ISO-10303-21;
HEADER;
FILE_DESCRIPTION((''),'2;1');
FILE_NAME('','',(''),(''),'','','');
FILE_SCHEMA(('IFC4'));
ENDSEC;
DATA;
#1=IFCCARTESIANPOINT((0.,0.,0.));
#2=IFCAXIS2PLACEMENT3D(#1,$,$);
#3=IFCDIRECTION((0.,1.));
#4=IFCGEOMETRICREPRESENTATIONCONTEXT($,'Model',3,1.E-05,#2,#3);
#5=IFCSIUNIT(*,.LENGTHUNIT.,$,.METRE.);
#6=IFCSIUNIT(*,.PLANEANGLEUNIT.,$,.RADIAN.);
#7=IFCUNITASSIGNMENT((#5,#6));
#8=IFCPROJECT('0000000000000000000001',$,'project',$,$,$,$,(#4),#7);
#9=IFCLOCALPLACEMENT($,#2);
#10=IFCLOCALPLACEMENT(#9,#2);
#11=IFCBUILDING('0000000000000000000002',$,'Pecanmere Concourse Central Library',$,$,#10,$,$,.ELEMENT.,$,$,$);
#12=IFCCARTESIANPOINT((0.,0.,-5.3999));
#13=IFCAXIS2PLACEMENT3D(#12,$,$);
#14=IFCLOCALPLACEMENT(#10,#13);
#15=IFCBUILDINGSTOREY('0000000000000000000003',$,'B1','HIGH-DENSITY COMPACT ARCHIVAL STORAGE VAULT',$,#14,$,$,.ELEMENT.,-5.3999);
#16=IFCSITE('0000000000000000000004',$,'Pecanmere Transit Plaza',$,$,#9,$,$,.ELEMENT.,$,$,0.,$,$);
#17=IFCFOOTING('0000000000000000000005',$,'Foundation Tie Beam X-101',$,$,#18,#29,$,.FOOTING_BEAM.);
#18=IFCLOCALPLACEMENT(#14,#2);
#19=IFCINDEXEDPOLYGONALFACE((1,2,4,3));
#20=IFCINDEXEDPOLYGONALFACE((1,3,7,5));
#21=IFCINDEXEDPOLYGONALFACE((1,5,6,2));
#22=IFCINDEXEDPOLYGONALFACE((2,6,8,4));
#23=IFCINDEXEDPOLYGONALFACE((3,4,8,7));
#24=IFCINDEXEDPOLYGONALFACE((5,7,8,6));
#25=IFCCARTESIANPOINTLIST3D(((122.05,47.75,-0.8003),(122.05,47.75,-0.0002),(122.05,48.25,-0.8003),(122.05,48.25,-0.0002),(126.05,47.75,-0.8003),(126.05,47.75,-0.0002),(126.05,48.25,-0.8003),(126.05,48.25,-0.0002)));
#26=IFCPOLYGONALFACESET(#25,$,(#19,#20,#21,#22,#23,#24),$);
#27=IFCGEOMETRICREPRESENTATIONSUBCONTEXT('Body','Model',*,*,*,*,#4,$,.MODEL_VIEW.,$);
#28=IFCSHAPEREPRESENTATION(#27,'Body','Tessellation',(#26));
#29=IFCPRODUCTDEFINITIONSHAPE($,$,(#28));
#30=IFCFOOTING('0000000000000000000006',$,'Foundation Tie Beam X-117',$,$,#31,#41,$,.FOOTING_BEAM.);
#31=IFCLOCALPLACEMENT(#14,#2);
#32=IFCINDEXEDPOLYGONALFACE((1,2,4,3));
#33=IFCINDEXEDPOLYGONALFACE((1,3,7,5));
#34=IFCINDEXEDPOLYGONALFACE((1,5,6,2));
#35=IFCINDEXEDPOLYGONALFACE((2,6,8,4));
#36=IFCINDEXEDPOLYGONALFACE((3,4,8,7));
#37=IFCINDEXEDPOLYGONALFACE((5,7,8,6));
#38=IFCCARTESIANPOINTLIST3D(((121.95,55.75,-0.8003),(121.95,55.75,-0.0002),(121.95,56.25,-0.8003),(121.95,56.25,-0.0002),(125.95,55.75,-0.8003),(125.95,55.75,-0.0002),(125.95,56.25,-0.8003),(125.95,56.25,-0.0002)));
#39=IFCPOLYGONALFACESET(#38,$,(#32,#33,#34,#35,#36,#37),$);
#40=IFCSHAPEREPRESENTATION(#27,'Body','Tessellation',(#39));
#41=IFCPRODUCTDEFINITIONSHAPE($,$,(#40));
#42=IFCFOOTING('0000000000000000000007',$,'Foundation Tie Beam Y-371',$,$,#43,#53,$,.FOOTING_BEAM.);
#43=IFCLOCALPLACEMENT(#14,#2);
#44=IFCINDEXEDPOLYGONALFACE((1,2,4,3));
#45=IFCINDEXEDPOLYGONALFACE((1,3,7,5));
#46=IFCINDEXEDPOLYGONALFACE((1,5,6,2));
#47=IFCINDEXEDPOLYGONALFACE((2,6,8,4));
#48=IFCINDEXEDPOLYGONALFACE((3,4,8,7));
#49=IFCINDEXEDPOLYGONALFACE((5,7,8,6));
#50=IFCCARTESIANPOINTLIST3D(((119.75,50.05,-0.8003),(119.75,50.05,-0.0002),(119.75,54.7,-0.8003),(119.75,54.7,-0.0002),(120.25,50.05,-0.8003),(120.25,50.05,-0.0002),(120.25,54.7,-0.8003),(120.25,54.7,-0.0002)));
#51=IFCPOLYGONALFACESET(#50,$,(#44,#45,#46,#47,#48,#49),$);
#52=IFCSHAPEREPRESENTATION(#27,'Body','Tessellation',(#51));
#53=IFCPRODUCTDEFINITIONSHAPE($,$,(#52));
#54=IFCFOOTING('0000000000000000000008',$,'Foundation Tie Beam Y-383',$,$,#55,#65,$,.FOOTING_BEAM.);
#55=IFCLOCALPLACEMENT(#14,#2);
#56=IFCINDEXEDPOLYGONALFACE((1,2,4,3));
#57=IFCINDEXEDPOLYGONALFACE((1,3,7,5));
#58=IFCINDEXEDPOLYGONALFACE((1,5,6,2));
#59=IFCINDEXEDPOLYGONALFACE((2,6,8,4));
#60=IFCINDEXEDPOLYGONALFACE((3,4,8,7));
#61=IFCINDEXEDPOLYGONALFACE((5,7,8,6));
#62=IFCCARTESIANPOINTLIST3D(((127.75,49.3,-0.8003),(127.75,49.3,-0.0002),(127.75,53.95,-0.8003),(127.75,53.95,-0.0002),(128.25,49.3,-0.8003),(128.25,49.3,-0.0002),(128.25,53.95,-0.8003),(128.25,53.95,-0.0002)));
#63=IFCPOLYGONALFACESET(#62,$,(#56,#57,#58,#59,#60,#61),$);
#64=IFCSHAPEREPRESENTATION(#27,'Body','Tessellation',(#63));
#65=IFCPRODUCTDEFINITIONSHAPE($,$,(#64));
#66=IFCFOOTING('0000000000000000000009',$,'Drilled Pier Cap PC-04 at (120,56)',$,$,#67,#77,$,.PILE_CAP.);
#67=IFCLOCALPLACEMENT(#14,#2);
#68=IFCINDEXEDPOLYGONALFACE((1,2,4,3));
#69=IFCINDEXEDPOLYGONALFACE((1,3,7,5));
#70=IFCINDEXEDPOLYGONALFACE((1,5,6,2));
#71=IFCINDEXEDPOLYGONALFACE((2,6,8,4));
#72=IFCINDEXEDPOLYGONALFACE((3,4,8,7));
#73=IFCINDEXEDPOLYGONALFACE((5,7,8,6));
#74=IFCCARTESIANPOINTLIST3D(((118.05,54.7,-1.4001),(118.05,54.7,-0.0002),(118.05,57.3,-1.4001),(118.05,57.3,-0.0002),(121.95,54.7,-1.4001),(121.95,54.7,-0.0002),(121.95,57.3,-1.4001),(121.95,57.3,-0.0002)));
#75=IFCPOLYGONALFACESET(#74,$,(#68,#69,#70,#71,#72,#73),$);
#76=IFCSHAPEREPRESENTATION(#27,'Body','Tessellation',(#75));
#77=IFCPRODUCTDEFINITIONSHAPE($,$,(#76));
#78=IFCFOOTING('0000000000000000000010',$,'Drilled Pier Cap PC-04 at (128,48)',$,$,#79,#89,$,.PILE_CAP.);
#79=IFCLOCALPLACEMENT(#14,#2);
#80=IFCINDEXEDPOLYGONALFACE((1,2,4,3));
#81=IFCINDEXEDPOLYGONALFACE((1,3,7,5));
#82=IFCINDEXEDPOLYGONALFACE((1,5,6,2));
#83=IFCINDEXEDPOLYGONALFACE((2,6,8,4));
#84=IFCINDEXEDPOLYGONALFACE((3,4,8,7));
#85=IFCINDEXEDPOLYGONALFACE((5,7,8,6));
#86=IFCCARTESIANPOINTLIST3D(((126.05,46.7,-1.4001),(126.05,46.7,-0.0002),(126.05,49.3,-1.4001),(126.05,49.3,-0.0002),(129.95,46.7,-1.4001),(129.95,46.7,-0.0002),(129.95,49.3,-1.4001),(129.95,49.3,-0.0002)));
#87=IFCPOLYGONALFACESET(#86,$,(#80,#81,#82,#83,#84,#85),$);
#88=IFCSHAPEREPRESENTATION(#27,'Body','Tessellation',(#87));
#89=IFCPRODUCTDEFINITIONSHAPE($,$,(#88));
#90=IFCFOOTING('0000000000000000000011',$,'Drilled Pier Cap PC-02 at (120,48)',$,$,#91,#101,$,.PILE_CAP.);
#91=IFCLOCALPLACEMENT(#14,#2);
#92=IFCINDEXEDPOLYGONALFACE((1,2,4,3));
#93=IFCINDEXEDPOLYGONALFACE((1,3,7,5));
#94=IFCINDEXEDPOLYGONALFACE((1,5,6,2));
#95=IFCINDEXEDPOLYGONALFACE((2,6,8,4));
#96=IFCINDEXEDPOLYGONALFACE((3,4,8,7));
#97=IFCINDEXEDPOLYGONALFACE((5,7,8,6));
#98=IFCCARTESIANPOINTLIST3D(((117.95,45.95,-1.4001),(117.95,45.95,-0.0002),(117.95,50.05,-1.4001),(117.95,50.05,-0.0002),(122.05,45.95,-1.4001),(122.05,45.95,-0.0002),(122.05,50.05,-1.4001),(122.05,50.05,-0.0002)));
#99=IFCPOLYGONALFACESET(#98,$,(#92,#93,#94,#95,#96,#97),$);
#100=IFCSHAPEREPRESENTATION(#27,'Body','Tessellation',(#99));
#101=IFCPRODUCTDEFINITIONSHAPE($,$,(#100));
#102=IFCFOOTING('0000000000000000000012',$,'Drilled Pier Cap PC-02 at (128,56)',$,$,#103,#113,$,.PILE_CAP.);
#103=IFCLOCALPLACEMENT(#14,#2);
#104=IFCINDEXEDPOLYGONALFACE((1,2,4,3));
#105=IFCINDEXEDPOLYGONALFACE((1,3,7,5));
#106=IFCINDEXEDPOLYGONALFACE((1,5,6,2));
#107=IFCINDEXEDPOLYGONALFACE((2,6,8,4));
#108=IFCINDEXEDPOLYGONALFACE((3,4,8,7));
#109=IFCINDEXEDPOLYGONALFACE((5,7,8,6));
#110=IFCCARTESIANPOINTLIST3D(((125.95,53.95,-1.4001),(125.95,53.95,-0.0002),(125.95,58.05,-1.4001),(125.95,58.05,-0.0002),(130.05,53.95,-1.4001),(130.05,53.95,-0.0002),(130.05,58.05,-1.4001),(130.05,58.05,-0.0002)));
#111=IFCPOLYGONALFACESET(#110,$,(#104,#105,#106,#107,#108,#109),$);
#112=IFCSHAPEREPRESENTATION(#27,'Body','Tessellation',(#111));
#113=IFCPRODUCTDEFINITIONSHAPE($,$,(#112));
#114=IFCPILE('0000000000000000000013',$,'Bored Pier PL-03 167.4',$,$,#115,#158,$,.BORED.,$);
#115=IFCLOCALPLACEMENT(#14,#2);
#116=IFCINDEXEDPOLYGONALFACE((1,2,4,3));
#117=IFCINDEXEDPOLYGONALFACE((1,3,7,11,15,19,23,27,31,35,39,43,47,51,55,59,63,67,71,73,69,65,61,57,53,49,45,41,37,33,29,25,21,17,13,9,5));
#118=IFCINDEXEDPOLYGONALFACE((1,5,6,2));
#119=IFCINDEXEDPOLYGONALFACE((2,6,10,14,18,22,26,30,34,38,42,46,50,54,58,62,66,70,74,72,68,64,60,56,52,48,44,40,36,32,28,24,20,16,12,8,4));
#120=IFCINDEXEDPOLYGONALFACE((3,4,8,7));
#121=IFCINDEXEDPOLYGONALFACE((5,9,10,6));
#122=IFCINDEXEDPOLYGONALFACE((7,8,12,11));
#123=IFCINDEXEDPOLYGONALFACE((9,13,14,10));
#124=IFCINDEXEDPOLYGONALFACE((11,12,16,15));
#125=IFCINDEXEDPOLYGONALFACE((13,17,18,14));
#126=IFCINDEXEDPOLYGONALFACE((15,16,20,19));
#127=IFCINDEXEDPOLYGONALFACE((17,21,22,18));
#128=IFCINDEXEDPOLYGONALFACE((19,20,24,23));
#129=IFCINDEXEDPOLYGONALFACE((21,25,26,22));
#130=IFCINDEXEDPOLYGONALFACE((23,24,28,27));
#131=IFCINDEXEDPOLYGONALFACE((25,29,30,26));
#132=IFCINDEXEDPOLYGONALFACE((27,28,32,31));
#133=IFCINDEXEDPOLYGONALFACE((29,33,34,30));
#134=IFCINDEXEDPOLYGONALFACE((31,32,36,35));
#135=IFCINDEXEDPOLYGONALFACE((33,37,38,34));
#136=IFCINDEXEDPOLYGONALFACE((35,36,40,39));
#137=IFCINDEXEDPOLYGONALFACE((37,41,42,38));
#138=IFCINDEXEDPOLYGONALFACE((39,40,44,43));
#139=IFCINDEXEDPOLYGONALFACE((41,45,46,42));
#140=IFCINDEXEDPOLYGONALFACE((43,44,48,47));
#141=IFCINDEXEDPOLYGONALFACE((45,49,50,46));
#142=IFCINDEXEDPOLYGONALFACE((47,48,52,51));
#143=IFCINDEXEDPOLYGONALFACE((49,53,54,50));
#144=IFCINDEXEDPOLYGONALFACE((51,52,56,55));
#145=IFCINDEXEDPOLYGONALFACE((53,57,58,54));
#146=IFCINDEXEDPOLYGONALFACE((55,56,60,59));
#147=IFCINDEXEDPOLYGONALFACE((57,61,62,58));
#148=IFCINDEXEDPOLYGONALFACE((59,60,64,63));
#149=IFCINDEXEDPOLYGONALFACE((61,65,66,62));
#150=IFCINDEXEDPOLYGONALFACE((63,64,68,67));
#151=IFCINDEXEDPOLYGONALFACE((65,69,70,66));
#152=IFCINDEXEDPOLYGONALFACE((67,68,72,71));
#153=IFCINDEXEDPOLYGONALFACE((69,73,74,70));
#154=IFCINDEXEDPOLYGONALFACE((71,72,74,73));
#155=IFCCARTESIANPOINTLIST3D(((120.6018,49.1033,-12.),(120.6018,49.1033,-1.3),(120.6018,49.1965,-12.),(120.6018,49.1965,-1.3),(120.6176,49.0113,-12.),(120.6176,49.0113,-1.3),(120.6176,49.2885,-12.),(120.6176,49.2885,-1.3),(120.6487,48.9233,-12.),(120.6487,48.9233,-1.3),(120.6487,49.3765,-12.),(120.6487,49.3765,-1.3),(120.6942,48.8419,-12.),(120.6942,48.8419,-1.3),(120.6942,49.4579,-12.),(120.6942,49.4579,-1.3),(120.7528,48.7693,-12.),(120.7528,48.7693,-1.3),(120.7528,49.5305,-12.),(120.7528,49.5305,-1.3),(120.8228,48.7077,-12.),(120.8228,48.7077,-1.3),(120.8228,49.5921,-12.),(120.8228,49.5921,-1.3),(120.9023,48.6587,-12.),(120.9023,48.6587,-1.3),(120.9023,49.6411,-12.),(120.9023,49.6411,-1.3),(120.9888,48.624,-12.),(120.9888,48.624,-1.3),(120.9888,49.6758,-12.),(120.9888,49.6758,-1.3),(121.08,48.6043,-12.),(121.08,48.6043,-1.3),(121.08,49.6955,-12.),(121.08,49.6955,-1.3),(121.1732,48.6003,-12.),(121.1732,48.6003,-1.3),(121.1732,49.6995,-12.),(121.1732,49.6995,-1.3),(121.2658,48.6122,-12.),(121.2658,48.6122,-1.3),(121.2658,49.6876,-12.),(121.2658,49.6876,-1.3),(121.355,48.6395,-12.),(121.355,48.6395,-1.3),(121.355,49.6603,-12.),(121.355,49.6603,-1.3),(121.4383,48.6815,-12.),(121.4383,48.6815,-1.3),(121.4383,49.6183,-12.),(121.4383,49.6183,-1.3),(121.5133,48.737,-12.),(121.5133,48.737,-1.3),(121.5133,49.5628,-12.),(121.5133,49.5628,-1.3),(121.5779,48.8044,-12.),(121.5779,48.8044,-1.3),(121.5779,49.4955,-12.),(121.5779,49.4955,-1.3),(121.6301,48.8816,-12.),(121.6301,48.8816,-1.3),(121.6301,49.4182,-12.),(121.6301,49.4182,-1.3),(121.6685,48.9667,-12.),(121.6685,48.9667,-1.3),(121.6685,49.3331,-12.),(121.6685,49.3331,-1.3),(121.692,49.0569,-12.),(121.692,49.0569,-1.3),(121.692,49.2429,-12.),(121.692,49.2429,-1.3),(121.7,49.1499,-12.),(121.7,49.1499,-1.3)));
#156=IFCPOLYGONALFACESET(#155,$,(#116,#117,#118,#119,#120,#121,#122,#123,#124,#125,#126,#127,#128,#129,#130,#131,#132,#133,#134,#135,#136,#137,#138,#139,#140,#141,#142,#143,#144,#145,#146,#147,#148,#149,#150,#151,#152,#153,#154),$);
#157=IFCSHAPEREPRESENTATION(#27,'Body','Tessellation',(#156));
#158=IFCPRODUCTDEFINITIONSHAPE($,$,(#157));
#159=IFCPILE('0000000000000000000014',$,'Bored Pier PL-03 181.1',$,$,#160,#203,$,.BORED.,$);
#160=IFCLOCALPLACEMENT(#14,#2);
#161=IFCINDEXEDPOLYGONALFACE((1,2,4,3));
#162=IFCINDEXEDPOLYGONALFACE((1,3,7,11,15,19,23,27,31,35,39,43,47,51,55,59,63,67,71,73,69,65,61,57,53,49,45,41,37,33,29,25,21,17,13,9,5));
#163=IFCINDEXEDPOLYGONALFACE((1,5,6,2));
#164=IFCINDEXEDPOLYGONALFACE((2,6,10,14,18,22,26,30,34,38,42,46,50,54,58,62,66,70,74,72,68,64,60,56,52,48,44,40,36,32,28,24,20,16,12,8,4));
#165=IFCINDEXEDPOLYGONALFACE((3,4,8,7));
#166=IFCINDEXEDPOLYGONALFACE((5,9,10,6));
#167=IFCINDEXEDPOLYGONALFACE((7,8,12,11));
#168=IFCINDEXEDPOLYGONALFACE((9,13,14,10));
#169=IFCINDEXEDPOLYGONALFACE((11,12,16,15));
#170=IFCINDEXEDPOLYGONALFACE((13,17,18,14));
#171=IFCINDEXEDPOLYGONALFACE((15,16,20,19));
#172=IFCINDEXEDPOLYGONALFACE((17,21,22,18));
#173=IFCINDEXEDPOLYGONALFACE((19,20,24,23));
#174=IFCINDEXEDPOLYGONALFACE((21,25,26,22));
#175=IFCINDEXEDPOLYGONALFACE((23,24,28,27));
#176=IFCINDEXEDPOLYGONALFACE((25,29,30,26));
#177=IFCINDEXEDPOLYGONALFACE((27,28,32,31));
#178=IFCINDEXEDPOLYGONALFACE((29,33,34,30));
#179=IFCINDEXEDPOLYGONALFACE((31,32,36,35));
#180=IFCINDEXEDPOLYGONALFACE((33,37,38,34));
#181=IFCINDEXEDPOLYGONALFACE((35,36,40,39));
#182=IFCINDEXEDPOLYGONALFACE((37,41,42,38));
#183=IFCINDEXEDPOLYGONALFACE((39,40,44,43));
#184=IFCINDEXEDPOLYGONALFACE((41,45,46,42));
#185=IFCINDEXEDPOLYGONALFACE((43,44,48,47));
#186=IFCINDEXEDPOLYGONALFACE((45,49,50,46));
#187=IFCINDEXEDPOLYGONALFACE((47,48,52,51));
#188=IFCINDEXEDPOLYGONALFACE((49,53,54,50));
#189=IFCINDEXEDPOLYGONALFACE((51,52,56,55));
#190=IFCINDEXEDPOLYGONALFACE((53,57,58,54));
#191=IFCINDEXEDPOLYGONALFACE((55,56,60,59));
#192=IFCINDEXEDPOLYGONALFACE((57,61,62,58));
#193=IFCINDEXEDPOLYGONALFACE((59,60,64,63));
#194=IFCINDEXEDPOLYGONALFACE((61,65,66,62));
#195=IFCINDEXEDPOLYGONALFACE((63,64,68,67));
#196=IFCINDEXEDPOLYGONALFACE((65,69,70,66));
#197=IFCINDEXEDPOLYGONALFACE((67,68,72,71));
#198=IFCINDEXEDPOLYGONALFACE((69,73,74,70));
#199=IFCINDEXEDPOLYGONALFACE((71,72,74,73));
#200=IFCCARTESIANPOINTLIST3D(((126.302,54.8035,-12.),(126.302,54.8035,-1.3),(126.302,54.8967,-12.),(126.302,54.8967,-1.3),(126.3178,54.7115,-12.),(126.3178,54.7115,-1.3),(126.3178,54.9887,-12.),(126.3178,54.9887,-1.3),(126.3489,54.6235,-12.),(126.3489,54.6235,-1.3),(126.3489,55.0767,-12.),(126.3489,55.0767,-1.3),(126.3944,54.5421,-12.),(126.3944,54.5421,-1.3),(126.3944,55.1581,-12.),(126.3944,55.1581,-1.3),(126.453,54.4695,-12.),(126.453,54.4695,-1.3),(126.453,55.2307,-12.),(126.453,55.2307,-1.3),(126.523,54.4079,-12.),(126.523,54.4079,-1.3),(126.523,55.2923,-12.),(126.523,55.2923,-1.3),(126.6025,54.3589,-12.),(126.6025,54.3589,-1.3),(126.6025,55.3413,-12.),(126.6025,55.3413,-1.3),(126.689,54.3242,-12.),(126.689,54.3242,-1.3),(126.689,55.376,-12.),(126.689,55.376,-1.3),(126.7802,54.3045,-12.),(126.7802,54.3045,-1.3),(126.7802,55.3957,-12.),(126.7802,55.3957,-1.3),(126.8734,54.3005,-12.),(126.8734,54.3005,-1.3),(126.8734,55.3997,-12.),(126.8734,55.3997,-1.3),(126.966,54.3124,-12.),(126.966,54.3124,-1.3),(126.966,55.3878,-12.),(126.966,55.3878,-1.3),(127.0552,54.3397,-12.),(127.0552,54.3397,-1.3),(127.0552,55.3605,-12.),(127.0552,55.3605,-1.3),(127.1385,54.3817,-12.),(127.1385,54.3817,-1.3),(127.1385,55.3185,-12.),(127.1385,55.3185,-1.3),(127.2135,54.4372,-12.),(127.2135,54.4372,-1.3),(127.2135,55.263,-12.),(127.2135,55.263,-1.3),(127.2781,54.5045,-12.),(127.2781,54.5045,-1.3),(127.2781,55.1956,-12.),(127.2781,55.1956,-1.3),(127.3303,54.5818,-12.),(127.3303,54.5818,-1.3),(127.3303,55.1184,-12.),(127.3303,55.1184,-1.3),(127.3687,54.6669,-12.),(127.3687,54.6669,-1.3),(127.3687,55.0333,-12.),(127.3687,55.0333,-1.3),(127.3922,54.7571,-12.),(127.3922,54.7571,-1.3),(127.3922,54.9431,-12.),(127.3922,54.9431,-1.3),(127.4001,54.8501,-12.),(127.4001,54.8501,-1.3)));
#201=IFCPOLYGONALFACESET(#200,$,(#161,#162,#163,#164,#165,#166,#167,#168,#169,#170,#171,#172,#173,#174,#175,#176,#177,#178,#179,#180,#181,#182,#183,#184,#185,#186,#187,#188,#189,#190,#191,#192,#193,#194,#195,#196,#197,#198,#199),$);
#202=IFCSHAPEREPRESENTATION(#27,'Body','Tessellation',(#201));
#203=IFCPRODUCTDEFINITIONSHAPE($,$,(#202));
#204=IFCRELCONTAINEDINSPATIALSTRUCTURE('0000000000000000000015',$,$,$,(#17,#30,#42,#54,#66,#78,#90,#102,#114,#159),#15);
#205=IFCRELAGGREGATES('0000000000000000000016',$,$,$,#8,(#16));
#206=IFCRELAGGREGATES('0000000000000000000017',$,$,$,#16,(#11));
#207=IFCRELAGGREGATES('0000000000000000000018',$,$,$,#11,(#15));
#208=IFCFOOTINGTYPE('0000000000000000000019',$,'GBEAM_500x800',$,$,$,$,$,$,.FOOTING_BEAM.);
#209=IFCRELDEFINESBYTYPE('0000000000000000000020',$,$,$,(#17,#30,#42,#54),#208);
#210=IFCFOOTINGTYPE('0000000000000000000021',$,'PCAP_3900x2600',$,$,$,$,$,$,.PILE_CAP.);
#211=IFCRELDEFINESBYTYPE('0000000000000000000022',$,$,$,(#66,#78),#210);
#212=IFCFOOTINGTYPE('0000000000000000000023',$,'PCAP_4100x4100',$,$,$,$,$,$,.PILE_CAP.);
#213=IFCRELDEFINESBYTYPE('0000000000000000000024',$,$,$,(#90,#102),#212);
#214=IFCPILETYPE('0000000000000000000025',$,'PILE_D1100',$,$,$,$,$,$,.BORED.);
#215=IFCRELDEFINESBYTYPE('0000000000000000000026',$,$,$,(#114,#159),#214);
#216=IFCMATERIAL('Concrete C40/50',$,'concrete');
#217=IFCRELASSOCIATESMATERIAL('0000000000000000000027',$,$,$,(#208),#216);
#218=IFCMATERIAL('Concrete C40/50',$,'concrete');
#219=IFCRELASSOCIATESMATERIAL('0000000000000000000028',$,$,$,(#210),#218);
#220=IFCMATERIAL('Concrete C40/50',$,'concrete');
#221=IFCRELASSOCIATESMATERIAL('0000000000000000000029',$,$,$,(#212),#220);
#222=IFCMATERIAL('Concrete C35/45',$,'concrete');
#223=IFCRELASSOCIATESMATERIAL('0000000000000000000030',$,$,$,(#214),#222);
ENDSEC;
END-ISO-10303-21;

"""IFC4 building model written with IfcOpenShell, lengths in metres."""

from ifc_helpers import new_model, si_unit, direction, frame, origin, origin_2d, place, context, subcontext, project, spatial, rectangle, circle, extrude, material, material_profile, profile_set, type_object, element, save


model = new_model("IFC4")

# Units and contexts
model_context = context("Model", 3, precision=1e-05, world=origin(), true_north=direction((0.0, 1.0)))
body_context = subcontext(model_context, "Body", "Model", "MODEL_VIEW")
ifc_project = project(units=[si_unit("LENGTHUNIT", "METRE"), si_unit("PLANEANGLEUNIT", "RADIAN")], contexts=[model_context])

# Site, building, storey
site_placement = place(None, origin())
site = spatial("IfcSite", under=ifc_project, at=site_placement, Name="Pecanmere Transit Plaza", CompositionType="ELEMENT", RefElevation=0.0)
building_placement = place(site_placement, origin())
building = spatial("IfcBuilding", under=site, at=building_placement, Name="Pecanmere Concourse Central Library", CompositionType="ELEMENT")
storey_placement = place(building_placement, frame((0.0, 0.0, -5.3999)))
storey = spatial("IfcBuildingStorey", under=building, at=storey_placement, Name="B1", Description="HIGH-DENSITY COMPACT ARCHIVAL STORAGE VAULT", CompositionType="ELEMENT", Elevation=-5.3999)

# Footings
ifc_material_1 = material(Name="Concrete C40/50", Category="concrete")
ifc_material_profile_1 = material_profile(ifc_material_1, rectangle(XDim=0.5, YDim=0.8, at=origin_2d()), Name="RC 500x800")
ifc_profile_set_1 = profile_set([ifc_material_profile_1], Name="Concrete C40/50")
footing_type_1 = type_object("IfcFootingType", Name="GBEAM_500x800", PredefinedType="FOOTING_BEAM", material=ifc_profile_set_1)
for number, where, z_axis, x_axis, name in (
    (1, (124.05, 48.0, -0.8003), (0.0, 0.0, 1.0), (1.0, 0.0, 0.0), "Foundation Tie Beam X-101"),
    (2, (123.95, 56.0, -0.8003), (0.0, 0.0, 1.0), (1.0, 0.0, 0.0), "Foundation Tie Beam X-117"),
):
    element("IfcFooting", number, at=place(storey_placement, frame(where, z_axis=z_axis, x_axis=x_axis)), inside=storey, type_object=footing_type_1, Name=name, PredefinedType="FOOTING_BEAM", context=body_context, shape_type="SweptSolid", body=[
        extrude(rectangle(XDim=4.0, YDim=0.5, at=origin_2d()), origin(), (0.0, 0.0, 1.0), 0.8),
    ])
for number, where, z_axis, x_axis, name in (
    (3, (120.0, 52.375, -0.8003), (0.0, 0.0, 1.0), (0.0, 1.0, 0.0), "Foundation Tie Beam Y-371"),
    (4, (128.0, 51.625, -0.8003), (0.0, 0.0, 1.0), (0.0, 1.0, 0.0), "Foundation Tie Beam Y-383"),
):
    element("IfcFooting", number, at=place(storey_placement, frame(where, z_axis=z_axis, x_axis=x_axis)), inside=storey, type_object=footing_type_1, Name=name, PredefinedType="FOOTING_BEAM", context=body_context, shape_type="SweptSolid", body=[
        extrude(rectangle(XDim=4.6499, YDim=0.5, at=origin_2d()), origin(), (0.0, 0.0, 1.0), 0.8),
    ])
ifc_material_2 = material(Name="Concrete C40/50", Category="concrete")
footing_type_2 = type_object("IfcFootingType", Name="PCAP_3900x2600", PredefinedType="PILE_CAP", material=ifc_material_2)
for number, where, z_axis, x_axis, name in (
    (5, (120.0, 56.0, -1.4001), (0.0, 0.0, 1.0), (1.0, 0.0, 0.0), "Drilled Pier Cap PC-04 at (120,56)"),
    (6, (128.0, 48.0, -1.4001), (0.0, 0.0, 1.0), (1.0, 0.0, 0.0), "Drilled Pier Cap PC-04 at (128,48)"),
):
    element("IfcFooting", number, at=place(storey_placement, frame(where, z_axis=z_axis, x_axis=x_axis)), inside=storey, type_object=footing_type_2, Name=name, PredefinedType="PILE_CAP", context=body_context, shape_type="SweptSolid", body=[
        extrude(rectangle(XDim=3.8999, YDim=2.6001, at=origin_2d()), origin(), (0.0, 0.0, 1.0), 1.3999),
    ])
ifc_material_3 = material(Name="Concrete C40/50", Category="concrete")
footing_type_3 = type_object("IfcFootingType", Name="PCAP_4100x4100", PredefinedType="PILE_CAP", material=ifc_material_3)
for number, where, z_axis, x_axis, name in (
    (7, (120.0, 48.0, -1.4001), (0.0, 0.0, 1.0), (1.0, 0.0, 0.0), "Drilled Pier Cap PC-02 at (120,48)"),
    (8, (128.0, 56.0, -1.4001), (0.0, 0.0, 1.0), (1.0, 0.0, 0.0), "Drilled Pier Cap PC-02 at (128,56)"),
):
    element("IfcFooting", number, at=place(storey_placement, frame(where, z_axis=z_axis, x_axis=x_axis)), inside=storey, type_object=footing_type_3, Name=name, PredefinedType="PILE_CAP", context=body_context, shape_type="SweptSolid", body=[
        extrude(rectangle(XDim=4.1001, YDim=4.1001, at=origin_2d()), origin(), (0.0, 0.0, 1.0), 1.3999),
    ])

# Piles
ifc_material_4 = material(Name="Concrete C35/45", Category="concrete")
ifc_material_profile_2 = material_profile(ifc_material_4, circle(Radius=0.55, at=origin_2d()), Name="PIER D1100")
ifc_profile_set_2 = profile_set([ifc_material_profile_2], Name="Concrete C35/45")
pile_type_1 = type_object("IfcPileType", Name="PILE_D1100", PredefinedType="BORED", material=ifc_profile_set_2)
for number, where, z_axis, x_axis, name in (
    (9, (121.1499, 49.1499, -1.3), (0.0, 0.0, -1.0), (1.0, 0.0, 0.0), "Bored Pier PL-03 167.4"),
    (10, (126.8501, 54.8501, -1.3), (0.0, 0.0, -1.0), (1.0, 0.0, 0.0), "Bored Pier PL-03 181.1"),
):
    element("IfcPile", number, at=place(storey_placement, frame(where, z_axis=z_axis, x_axis=x_axis)), inside=storey, type_object=pile_type_1, Name=name, PredefinedType="BORED", context=body_context, shape_type="SweptSolid", body=[
        extrude(circle(Radius=0.55, at=origin_2d()), origin(), (0.0, 0.0, 1.0), 10.7),
    ])

save(model, "model.ifc")
